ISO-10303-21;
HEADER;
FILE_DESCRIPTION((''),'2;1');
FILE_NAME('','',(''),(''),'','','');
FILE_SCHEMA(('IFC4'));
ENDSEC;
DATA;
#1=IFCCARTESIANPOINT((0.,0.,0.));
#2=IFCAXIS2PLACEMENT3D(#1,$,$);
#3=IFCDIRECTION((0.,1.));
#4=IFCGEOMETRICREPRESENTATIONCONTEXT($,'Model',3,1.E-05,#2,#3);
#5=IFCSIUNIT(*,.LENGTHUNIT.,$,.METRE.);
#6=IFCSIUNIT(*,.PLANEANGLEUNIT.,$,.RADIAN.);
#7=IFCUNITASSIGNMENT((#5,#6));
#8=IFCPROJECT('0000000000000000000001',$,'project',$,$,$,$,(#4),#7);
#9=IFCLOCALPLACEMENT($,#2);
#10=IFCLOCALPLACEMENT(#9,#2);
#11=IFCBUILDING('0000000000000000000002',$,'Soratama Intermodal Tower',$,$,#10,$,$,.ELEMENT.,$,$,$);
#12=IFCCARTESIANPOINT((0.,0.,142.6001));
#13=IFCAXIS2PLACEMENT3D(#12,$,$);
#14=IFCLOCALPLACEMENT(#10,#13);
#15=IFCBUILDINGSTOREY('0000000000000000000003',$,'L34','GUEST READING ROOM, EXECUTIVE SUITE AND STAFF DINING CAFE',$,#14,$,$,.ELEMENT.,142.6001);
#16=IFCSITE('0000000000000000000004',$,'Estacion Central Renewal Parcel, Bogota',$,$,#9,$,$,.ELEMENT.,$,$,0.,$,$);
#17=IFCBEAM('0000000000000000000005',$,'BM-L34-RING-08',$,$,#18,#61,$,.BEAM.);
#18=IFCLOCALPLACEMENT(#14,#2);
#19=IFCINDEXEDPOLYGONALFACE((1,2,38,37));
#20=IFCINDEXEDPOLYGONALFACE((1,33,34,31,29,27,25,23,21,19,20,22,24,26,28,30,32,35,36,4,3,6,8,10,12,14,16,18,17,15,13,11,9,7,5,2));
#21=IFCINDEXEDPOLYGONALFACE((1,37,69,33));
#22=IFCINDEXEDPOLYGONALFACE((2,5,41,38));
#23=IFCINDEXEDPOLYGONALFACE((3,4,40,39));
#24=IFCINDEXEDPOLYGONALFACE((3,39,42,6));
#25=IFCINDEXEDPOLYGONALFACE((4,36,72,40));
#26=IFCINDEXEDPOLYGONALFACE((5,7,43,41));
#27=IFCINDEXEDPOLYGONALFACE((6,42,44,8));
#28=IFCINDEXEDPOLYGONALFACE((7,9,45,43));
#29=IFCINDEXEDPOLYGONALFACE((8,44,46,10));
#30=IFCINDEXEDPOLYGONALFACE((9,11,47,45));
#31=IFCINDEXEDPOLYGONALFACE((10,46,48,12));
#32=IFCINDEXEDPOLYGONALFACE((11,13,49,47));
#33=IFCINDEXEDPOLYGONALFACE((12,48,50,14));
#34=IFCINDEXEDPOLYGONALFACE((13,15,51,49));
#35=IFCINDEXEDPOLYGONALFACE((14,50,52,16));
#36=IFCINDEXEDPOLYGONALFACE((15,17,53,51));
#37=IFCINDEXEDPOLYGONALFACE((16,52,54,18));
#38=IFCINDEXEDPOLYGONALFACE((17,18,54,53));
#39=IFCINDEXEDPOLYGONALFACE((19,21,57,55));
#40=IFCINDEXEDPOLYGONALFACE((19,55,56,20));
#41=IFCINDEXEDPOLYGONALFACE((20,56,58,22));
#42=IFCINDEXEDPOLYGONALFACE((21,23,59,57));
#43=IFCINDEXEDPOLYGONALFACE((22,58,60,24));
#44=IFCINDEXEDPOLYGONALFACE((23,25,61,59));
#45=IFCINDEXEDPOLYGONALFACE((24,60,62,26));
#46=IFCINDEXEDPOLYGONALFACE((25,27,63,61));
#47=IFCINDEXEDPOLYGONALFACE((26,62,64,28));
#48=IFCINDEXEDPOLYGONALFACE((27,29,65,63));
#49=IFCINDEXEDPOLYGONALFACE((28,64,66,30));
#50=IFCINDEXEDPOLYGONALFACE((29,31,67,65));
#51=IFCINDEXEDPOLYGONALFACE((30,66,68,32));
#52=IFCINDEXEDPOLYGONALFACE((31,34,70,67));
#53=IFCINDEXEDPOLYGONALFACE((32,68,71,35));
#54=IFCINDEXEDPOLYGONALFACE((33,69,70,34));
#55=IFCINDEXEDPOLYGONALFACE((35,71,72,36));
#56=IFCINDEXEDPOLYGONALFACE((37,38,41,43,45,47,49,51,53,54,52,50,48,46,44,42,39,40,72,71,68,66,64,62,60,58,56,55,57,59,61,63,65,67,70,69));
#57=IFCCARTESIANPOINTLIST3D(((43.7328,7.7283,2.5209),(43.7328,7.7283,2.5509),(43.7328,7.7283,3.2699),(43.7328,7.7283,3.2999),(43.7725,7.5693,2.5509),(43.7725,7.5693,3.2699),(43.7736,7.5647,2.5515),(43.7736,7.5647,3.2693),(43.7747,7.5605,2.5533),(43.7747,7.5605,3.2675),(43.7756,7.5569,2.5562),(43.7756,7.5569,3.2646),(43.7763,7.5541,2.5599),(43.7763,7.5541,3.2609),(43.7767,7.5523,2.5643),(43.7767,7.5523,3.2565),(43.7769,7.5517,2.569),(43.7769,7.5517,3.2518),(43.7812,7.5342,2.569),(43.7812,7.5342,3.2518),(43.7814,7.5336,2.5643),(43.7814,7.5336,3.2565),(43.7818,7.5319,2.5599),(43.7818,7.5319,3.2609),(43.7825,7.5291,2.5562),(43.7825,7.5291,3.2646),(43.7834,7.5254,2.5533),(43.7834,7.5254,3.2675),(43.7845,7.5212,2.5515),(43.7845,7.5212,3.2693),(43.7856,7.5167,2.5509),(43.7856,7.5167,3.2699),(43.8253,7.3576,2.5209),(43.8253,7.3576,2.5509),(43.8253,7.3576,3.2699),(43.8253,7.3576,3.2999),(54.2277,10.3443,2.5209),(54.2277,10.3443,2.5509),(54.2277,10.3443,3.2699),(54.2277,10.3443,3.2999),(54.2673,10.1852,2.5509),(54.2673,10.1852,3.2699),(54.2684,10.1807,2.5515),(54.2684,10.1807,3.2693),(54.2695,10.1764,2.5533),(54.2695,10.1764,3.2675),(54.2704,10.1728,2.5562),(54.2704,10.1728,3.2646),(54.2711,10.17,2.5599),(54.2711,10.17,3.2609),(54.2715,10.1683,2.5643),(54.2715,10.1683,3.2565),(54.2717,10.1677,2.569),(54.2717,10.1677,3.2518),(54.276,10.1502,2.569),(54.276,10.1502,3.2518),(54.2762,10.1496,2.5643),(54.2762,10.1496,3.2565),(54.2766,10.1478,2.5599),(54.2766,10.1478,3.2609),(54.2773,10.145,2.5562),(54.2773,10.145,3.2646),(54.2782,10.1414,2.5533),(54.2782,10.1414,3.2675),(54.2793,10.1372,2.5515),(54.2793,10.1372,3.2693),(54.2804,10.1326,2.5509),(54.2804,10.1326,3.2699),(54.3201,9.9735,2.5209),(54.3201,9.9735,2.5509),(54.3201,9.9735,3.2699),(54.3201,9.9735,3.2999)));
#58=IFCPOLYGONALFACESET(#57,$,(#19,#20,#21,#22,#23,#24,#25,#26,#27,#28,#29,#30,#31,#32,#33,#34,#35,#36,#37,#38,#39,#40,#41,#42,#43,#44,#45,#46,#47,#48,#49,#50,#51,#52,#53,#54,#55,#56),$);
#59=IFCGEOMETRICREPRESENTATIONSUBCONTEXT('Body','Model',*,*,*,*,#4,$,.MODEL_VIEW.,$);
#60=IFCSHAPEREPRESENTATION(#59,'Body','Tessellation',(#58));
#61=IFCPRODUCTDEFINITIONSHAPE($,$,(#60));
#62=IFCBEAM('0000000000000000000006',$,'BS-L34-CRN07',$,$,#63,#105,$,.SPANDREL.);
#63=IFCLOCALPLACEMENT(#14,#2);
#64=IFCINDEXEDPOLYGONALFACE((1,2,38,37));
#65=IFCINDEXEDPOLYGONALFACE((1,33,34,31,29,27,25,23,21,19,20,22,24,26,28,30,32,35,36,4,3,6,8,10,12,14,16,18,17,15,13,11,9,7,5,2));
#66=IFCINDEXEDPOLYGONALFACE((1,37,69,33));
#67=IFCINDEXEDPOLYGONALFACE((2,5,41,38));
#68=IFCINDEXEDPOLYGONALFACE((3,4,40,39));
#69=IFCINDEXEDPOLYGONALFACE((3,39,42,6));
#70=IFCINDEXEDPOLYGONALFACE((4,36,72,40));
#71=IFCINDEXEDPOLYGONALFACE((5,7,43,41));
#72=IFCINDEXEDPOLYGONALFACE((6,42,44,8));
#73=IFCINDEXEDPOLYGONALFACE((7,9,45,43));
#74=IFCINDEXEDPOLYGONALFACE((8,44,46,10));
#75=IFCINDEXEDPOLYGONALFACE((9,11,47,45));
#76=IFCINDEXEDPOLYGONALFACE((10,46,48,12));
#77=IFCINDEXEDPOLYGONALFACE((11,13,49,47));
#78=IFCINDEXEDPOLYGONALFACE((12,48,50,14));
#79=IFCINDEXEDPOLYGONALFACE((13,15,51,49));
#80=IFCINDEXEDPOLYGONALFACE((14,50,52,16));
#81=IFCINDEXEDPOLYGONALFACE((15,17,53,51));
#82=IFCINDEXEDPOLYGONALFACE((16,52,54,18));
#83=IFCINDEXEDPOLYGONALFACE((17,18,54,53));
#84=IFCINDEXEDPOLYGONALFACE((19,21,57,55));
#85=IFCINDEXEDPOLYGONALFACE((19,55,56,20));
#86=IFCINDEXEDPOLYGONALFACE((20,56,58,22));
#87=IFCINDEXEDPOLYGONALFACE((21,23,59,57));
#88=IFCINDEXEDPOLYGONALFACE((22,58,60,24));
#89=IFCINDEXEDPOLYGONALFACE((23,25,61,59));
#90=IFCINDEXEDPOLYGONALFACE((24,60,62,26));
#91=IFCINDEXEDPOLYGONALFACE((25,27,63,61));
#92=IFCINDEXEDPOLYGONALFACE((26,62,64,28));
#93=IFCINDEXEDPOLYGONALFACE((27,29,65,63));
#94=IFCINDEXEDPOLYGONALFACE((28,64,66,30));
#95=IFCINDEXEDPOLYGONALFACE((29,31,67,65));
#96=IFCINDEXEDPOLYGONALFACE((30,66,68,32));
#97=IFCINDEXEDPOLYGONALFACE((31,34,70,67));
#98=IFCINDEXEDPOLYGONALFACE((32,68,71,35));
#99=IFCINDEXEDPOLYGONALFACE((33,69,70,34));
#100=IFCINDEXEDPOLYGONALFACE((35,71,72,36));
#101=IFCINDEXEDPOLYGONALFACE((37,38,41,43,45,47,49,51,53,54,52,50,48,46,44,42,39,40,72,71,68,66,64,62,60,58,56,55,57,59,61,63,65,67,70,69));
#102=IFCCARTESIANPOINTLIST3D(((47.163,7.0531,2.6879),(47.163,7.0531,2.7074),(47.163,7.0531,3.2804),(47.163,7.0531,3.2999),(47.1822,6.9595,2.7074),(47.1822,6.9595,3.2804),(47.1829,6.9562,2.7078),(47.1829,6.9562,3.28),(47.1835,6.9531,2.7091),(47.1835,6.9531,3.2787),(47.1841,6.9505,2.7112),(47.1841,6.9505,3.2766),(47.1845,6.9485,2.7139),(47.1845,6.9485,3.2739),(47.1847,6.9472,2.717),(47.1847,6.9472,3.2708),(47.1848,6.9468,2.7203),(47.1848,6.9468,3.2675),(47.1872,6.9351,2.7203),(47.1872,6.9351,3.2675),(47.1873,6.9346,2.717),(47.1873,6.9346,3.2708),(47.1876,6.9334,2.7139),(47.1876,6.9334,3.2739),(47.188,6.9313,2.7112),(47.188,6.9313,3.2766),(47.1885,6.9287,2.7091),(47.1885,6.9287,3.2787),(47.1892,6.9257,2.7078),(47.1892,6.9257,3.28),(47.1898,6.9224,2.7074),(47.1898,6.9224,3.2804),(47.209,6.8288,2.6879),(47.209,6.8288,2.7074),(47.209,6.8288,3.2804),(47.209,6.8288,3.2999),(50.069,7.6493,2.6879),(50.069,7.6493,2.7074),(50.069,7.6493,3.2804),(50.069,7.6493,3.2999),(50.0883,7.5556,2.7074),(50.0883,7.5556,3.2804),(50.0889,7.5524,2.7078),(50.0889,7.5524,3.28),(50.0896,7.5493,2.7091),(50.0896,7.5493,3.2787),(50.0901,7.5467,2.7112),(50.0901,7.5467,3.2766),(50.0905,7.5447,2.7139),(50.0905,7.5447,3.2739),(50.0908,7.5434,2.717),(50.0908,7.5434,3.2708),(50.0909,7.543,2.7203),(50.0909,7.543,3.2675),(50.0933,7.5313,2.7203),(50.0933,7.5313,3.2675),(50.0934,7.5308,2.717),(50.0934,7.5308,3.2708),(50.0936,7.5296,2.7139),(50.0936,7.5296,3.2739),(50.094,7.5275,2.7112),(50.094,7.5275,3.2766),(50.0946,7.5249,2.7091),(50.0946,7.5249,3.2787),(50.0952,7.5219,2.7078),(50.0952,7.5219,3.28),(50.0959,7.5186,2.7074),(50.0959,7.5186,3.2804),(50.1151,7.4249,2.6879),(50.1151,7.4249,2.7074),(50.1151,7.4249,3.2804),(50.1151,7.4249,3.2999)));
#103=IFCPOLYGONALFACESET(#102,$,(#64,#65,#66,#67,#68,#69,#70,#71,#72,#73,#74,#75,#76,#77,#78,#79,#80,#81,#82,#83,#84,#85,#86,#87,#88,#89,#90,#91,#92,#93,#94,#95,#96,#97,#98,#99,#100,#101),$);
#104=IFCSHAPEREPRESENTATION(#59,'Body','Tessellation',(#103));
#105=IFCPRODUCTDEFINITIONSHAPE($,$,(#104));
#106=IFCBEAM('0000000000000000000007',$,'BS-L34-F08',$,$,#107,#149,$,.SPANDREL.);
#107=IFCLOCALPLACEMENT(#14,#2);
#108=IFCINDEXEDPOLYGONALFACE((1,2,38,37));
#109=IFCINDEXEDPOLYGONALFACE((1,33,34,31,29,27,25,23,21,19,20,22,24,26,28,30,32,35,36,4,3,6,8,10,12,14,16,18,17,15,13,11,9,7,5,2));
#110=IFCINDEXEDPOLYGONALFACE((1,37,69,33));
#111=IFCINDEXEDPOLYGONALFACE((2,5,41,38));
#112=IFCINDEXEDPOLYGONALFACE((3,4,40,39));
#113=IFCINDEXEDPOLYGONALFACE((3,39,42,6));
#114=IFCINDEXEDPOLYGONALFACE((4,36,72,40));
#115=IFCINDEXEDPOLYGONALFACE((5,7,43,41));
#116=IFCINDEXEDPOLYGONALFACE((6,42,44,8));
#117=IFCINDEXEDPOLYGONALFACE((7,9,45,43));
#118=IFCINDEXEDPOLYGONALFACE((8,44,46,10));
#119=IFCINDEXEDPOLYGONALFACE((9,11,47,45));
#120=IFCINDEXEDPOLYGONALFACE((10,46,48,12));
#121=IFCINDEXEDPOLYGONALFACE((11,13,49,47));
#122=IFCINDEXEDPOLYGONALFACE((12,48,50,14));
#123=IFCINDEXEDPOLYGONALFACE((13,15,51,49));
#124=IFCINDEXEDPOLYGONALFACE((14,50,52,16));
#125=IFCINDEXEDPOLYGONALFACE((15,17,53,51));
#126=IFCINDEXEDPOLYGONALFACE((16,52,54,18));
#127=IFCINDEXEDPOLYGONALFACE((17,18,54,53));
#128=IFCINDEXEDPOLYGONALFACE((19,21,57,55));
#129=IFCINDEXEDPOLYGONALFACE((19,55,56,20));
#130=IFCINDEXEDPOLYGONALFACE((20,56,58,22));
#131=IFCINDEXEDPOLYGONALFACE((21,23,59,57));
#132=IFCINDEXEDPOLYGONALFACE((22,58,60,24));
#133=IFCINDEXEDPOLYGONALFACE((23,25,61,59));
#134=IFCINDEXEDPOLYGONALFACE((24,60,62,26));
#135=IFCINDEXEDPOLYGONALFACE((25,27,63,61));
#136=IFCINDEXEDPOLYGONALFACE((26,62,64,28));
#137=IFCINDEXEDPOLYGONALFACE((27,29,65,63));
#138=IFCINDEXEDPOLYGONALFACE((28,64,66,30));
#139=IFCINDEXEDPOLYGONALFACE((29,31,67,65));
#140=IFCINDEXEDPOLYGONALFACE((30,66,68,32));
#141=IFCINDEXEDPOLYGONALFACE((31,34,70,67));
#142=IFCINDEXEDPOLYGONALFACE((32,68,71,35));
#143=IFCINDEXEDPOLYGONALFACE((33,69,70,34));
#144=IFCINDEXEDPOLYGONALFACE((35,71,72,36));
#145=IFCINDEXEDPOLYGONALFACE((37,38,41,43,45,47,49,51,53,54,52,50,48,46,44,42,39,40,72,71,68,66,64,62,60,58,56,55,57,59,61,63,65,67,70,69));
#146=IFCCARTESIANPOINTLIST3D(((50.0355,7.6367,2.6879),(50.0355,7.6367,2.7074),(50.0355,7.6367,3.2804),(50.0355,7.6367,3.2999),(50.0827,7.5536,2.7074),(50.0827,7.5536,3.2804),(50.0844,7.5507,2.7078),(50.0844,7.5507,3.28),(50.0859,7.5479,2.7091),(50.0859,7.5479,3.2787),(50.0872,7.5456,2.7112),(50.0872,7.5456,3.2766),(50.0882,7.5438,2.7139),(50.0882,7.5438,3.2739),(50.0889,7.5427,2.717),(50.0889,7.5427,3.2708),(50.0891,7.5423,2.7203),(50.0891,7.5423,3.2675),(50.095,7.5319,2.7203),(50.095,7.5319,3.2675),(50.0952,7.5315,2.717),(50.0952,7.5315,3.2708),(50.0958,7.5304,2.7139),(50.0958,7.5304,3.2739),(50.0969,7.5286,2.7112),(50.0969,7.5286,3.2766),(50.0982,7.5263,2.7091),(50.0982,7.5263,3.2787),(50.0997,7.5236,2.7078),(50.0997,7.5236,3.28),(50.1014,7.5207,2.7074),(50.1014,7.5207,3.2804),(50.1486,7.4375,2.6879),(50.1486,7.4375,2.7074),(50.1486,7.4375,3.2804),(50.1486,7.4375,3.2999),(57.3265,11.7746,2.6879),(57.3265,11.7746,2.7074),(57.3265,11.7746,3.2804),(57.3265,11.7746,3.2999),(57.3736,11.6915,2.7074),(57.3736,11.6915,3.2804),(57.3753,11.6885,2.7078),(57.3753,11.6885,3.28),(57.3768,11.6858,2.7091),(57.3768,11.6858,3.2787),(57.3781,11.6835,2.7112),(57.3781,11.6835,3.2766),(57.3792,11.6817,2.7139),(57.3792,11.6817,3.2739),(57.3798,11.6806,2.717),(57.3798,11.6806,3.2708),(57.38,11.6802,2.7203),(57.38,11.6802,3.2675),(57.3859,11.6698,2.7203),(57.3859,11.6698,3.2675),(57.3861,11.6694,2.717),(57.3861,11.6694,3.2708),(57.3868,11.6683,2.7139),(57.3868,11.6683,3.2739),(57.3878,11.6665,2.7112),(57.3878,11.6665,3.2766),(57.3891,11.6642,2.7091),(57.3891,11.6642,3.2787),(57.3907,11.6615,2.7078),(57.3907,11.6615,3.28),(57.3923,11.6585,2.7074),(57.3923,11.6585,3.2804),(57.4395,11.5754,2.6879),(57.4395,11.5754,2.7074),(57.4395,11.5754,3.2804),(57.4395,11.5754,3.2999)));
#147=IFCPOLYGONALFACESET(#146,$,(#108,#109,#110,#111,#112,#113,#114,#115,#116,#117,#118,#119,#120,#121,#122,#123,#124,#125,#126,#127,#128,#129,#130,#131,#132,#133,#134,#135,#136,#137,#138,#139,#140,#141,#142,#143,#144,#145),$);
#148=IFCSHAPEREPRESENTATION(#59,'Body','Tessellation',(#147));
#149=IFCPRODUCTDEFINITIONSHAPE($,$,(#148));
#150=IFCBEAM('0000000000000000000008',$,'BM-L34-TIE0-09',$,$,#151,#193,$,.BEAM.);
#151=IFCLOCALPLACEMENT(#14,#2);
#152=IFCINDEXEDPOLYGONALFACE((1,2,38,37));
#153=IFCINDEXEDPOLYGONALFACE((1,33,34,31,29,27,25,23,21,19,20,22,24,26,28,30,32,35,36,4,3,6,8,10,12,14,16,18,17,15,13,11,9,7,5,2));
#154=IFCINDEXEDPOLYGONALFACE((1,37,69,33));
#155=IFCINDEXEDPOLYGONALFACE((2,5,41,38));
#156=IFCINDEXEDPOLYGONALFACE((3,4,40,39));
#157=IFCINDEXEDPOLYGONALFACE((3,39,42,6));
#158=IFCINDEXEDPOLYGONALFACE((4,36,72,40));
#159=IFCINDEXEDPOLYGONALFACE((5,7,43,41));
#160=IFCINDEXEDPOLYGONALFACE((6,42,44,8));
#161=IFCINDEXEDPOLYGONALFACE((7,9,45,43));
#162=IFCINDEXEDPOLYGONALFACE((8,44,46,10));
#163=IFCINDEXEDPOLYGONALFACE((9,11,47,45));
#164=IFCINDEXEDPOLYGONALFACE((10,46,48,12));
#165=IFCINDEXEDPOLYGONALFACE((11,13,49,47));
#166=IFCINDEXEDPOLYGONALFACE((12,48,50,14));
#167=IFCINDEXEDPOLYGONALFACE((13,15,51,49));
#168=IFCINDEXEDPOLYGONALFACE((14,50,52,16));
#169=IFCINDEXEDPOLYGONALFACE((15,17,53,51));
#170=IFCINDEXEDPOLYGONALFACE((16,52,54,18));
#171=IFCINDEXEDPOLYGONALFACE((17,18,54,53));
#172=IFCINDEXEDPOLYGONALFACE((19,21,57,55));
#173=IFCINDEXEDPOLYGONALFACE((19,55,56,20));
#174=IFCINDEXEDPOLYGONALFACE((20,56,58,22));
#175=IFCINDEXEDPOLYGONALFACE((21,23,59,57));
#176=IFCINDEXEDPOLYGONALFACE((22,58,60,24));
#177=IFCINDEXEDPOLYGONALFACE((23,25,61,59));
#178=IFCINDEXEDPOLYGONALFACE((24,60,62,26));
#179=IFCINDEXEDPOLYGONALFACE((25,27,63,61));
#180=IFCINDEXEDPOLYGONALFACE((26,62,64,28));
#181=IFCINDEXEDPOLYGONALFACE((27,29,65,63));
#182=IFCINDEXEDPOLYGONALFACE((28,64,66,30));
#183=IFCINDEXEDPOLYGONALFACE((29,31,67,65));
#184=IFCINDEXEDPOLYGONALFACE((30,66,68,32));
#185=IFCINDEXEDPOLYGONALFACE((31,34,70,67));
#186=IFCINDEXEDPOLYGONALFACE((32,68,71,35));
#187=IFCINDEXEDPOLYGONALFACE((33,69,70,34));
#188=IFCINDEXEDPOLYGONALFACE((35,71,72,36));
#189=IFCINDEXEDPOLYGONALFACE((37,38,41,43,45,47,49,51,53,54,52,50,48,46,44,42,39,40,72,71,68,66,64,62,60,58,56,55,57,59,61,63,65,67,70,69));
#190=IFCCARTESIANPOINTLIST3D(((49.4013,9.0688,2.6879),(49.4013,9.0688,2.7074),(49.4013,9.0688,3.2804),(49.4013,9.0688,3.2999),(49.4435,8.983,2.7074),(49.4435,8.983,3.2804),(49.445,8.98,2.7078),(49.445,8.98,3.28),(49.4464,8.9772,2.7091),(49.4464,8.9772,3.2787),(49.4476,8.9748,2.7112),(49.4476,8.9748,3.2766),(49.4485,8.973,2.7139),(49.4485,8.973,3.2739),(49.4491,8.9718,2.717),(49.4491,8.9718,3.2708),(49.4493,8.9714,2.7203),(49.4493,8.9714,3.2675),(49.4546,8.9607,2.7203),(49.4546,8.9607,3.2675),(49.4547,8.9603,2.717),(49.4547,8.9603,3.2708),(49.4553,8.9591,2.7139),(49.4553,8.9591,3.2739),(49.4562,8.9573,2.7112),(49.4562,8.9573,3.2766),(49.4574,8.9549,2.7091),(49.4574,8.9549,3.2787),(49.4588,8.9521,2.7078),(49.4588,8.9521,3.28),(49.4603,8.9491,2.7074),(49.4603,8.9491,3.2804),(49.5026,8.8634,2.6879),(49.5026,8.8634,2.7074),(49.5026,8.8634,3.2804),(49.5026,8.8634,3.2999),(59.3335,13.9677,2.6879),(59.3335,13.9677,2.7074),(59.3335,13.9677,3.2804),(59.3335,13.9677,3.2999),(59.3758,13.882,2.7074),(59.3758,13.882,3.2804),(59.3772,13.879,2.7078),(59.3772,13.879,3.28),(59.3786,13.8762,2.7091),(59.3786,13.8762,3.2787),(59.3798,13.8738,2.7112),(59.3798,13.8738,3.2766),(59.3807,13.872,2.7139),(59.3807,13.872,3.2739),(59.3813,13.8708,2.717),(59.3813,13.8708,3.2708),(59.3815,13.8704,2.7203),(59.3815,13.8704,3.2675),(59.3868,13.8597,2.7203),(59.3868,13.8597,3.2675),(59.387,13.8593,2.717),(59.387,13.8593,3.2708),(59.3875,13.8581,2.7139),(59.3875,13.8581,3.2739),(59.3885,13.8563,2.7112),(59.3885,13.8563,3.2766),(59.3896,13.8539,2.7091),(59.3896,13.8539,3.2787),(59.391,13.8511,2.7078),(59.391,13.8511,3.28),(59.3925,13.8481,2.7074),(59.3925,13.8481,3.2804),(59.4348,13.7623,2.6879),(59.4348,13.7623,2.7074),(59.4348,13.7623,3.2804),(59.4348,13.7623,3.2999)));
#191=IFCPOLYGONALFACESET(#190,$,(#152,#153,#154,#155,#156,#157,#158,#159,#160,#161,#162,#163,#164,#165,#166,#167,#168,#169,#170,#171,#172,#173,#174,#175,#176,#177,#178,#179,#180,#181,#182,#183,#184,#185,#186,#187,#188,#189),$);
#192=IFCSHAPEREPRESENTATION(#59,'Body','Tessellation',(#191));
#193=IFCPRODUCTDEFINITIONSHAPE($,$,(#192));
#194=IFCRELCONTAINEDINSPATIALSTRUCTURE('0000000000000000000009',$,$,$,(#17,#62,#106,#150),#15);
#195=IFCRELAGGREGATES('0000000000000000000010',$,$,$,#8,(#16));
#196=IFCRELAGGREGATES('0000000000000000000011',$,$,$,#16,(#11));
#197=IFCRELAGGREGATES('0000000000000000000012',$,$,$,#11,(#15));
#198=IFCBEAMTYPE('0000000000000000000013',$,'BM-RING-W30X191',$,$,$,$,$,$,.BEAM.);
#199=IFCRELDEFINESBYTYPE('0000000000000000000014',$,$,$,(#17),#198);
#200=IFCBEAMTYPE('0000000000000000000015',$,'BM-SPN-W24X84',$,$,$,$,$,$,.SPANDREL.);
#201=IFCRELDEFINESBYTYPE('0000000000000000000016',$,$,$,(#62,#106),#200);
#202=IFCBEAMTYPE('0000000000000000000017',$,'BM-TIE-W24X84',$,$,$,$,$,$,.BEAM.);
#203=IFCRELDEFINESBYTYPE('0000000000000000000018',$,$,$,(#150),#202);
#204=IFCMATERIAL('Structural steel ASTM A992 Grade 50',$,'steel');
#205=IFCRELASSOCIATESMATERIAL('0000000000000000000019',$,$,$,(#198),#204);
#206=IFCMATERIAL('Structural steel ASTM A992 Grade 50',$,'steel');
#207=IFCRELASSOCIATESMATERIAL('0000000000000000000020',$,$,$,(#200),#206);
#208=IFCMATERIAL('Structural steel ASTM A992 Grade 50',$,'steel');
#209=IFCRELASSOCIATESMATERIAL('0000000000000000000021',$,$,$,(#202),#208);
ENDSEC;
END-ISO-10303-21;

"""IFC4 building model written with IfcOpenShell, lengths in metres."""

from ifc_helpers import new_model, si_unit, direction, frame, origin, origin_2d, place, context, subcontext, project, spatial, i_section, extrude, material, material_profile, profile_set, type_object, element, save


model = new_model("IFC4")

# Units and contexts
model_context = context("Model", 3, precision=1e-05, world=origin(), true_north=direction((0.0, 1.0)))
body_context = subcontext(model_context, "Body", "Model", "MODEL_VIEW")
ifc_project = project(units=[si_unit("LENGTHUNIT", "METRE"), si_unit("PLANEANGLEUNIT", "RADIAN")], contexts=[model_context])

# Site, building, storey
site_placement = place(None, origin())
site = spatial("IfcSite", under=ifc_project, at=site_placement, Name="Estacion Central Renewal Parcel, Bogota", CompositionType="ELEMENT", RefElevation=0.0)
building_placement = place(site_placement, origin())
building = spatial("IfcBuilding", under=site, at=building_placement, Name="Soratama Intermodal Tower", CompositionType="ELEMENT")
storey_placement = place(building_placement, frame((0.0, 0.0, 142.6001)))
storey = spatial("IfcBuildingStorey", under=building, at=storey_placement, Name="L34", Description="GUEST READING ROOM, EXECUTIVE SUITE AND STAFF DINING CAFE", CompositionType="ELEMENT", Elevation=142.6001)

# Beams
ifc_material_1 = material(Name="Structural steel ASTM A992 Grade 50", Category="steel")
ifc_material_profile_1 = material_profile(ifc_material_1, i_section(OverallWidth=0.3821, OverallDepth=0.7791, WebThickness=0.0181, FlangeThickness=0.03, FilletRadius=0.0181, at=origin_2d()), Name="W30X191")
ifc_profile_set_1 = profile_set([ifc_material_profile_1], Name="Structural steel ASTM A992 Grade 50")
beam_type_1 = type_object("IfcBeamType", Name="BM-RING-W30X191", PredefinedType="BEAM", material=ifc_profile_set_1)
beam_1_placement = place(storey_placement, frame((43.7791, 7.543, 2.9104), z_axis=(0.970311, 0.241861, 0.0), x_axis=(-0.241861, 0.970311, 0.0)))
element("IfcBeam", 1, at=beam_1_placement, inside=storey, type_object=beam_type_1, Name="BM-L34-RING-08", PredefinedType="BEAM", context=body_context, shape_type="SweptSolid", body=[
    extrude(i_section(OverallWidth=0.3821, OverallDepth=0.7791, WebThickness=0.0181, FlangeThickness=0.03, FilletRadius=0.0181, at=origin_2d()), origin(), (0.0, 0.0, 1.0), 10.8159),
])
ifc_material_2 = material(Name="Structural steel ASTM A992 Grade 50", Category="steel")
ifc_material_profile_2 = material_profile(ifc_material_2, i_section(OverallWidth=0.229, OverallDepth=0.6121, WebThickness=0.012, FlangeThickness=0.0195, FilletRadius=0.0129, at=origin_2d()), Name="W24X84")
ifc_profile_set_2 = profile_set([ifc_material_profile_2], Name="Structural steel ASTM A992 Grade 50")
beam_type_2 = type_object("IfcBeamType", Name="BM-SPN-W24X84", PredefinedType="SPANDREL", material=ifc_profile_set_2)
beam_2_placement = place(storey_placement, frame((47.186, 6.9409, 2.9939), z_axis=(0.979597, 0.200972, 0.0), x_axis=(-0.200972, 0.979597, 0.0)))
element("IfcBeam", 2, at=beam_2_placement, inside=storey, type_object=beam_type_2, Name="BS-L34-CRN07", PredefinedType="SPANDREL", context=body_context, shape_type="SweptSolid", body=[
    extrude(i_section(OverallWidth=0.229, OverallDepth=0.6121, WebThickness=0.012, FlangeThickness=0.0195, FilletRadius=0.0129, at=origin_2d()), origin(), (0.0, 0.0, 1.0), 2.9666),
])
beam_3_placement = place(storey_placement, frame((50.092, 7.5371, 2.9939), z_axis=(0.869696, 0.493587, 0.0), x_axis=(-0.493587, 0.869696, 0.0)))
element("IfcBeam", 3, at=beam_3_placement, inside=storey, type_object=beam_type_2, Name="BS-L34-F08", PredefinedType="SPANDREL", context=body_context, shape_type="SweptSolid", body=[
    extrude(i_section(OverallWidth=0.229, OverallDepth=0.6121, WebThickness=0.012, FlangeThickness=0.0195, FilletRadius=0.0129, at=origin_2d()), origin(), (0.0, 0.0, 1.0), 8.3833),
])
ifc_material_3 = material(Name="Structural steel ASTM A992 Grade 50", Category="steel")
ifc_material_profile_3 = material_profile(ifc_material_3, i_section(OverallWidth=0.229, OverallDepth=0.6121, WebThickness=0.012, FlangeThickness=0.0195, FilletRadius=0.0129, at=origin_2d()), Name="W24X84")
ifc_profile_set_3 = profile_set([ifc_material_profile_3], Name="Structural steel ASTM A992 Grade 50")
beam_type_3 = type_object("IfcBeamType", Name="BM-TIE-W24X84", PredefinedType="BEAM", material=ifc_profile_set_3)
beam_4_placement = place(storey_placement, frame((49.4519, 8.9661, 2.9939), z_axis=(0.896839, 0.442357, 0.0), x_axis=(-0.442357, 0.896839, 0.0)))
element("IfcBeam", 4, at=beam_4_placement, inside=storey, type_object=beam_type_3, Name="BM-L34-TIE0-09", PredefinedType="BEAM", context=body_context, shape_type="SweptSolid", body=[
    extrude(i_section(OverallWidth=0.229, OverallDepth=0.6121, WebThickness=0.012, FlangeThickness=0.0195, FilletRadius=0.0129, at=origin_2d()), origin(), (0.0, 0.0, 1.0), 11.0747),
])

save(model, "model.ifc")
